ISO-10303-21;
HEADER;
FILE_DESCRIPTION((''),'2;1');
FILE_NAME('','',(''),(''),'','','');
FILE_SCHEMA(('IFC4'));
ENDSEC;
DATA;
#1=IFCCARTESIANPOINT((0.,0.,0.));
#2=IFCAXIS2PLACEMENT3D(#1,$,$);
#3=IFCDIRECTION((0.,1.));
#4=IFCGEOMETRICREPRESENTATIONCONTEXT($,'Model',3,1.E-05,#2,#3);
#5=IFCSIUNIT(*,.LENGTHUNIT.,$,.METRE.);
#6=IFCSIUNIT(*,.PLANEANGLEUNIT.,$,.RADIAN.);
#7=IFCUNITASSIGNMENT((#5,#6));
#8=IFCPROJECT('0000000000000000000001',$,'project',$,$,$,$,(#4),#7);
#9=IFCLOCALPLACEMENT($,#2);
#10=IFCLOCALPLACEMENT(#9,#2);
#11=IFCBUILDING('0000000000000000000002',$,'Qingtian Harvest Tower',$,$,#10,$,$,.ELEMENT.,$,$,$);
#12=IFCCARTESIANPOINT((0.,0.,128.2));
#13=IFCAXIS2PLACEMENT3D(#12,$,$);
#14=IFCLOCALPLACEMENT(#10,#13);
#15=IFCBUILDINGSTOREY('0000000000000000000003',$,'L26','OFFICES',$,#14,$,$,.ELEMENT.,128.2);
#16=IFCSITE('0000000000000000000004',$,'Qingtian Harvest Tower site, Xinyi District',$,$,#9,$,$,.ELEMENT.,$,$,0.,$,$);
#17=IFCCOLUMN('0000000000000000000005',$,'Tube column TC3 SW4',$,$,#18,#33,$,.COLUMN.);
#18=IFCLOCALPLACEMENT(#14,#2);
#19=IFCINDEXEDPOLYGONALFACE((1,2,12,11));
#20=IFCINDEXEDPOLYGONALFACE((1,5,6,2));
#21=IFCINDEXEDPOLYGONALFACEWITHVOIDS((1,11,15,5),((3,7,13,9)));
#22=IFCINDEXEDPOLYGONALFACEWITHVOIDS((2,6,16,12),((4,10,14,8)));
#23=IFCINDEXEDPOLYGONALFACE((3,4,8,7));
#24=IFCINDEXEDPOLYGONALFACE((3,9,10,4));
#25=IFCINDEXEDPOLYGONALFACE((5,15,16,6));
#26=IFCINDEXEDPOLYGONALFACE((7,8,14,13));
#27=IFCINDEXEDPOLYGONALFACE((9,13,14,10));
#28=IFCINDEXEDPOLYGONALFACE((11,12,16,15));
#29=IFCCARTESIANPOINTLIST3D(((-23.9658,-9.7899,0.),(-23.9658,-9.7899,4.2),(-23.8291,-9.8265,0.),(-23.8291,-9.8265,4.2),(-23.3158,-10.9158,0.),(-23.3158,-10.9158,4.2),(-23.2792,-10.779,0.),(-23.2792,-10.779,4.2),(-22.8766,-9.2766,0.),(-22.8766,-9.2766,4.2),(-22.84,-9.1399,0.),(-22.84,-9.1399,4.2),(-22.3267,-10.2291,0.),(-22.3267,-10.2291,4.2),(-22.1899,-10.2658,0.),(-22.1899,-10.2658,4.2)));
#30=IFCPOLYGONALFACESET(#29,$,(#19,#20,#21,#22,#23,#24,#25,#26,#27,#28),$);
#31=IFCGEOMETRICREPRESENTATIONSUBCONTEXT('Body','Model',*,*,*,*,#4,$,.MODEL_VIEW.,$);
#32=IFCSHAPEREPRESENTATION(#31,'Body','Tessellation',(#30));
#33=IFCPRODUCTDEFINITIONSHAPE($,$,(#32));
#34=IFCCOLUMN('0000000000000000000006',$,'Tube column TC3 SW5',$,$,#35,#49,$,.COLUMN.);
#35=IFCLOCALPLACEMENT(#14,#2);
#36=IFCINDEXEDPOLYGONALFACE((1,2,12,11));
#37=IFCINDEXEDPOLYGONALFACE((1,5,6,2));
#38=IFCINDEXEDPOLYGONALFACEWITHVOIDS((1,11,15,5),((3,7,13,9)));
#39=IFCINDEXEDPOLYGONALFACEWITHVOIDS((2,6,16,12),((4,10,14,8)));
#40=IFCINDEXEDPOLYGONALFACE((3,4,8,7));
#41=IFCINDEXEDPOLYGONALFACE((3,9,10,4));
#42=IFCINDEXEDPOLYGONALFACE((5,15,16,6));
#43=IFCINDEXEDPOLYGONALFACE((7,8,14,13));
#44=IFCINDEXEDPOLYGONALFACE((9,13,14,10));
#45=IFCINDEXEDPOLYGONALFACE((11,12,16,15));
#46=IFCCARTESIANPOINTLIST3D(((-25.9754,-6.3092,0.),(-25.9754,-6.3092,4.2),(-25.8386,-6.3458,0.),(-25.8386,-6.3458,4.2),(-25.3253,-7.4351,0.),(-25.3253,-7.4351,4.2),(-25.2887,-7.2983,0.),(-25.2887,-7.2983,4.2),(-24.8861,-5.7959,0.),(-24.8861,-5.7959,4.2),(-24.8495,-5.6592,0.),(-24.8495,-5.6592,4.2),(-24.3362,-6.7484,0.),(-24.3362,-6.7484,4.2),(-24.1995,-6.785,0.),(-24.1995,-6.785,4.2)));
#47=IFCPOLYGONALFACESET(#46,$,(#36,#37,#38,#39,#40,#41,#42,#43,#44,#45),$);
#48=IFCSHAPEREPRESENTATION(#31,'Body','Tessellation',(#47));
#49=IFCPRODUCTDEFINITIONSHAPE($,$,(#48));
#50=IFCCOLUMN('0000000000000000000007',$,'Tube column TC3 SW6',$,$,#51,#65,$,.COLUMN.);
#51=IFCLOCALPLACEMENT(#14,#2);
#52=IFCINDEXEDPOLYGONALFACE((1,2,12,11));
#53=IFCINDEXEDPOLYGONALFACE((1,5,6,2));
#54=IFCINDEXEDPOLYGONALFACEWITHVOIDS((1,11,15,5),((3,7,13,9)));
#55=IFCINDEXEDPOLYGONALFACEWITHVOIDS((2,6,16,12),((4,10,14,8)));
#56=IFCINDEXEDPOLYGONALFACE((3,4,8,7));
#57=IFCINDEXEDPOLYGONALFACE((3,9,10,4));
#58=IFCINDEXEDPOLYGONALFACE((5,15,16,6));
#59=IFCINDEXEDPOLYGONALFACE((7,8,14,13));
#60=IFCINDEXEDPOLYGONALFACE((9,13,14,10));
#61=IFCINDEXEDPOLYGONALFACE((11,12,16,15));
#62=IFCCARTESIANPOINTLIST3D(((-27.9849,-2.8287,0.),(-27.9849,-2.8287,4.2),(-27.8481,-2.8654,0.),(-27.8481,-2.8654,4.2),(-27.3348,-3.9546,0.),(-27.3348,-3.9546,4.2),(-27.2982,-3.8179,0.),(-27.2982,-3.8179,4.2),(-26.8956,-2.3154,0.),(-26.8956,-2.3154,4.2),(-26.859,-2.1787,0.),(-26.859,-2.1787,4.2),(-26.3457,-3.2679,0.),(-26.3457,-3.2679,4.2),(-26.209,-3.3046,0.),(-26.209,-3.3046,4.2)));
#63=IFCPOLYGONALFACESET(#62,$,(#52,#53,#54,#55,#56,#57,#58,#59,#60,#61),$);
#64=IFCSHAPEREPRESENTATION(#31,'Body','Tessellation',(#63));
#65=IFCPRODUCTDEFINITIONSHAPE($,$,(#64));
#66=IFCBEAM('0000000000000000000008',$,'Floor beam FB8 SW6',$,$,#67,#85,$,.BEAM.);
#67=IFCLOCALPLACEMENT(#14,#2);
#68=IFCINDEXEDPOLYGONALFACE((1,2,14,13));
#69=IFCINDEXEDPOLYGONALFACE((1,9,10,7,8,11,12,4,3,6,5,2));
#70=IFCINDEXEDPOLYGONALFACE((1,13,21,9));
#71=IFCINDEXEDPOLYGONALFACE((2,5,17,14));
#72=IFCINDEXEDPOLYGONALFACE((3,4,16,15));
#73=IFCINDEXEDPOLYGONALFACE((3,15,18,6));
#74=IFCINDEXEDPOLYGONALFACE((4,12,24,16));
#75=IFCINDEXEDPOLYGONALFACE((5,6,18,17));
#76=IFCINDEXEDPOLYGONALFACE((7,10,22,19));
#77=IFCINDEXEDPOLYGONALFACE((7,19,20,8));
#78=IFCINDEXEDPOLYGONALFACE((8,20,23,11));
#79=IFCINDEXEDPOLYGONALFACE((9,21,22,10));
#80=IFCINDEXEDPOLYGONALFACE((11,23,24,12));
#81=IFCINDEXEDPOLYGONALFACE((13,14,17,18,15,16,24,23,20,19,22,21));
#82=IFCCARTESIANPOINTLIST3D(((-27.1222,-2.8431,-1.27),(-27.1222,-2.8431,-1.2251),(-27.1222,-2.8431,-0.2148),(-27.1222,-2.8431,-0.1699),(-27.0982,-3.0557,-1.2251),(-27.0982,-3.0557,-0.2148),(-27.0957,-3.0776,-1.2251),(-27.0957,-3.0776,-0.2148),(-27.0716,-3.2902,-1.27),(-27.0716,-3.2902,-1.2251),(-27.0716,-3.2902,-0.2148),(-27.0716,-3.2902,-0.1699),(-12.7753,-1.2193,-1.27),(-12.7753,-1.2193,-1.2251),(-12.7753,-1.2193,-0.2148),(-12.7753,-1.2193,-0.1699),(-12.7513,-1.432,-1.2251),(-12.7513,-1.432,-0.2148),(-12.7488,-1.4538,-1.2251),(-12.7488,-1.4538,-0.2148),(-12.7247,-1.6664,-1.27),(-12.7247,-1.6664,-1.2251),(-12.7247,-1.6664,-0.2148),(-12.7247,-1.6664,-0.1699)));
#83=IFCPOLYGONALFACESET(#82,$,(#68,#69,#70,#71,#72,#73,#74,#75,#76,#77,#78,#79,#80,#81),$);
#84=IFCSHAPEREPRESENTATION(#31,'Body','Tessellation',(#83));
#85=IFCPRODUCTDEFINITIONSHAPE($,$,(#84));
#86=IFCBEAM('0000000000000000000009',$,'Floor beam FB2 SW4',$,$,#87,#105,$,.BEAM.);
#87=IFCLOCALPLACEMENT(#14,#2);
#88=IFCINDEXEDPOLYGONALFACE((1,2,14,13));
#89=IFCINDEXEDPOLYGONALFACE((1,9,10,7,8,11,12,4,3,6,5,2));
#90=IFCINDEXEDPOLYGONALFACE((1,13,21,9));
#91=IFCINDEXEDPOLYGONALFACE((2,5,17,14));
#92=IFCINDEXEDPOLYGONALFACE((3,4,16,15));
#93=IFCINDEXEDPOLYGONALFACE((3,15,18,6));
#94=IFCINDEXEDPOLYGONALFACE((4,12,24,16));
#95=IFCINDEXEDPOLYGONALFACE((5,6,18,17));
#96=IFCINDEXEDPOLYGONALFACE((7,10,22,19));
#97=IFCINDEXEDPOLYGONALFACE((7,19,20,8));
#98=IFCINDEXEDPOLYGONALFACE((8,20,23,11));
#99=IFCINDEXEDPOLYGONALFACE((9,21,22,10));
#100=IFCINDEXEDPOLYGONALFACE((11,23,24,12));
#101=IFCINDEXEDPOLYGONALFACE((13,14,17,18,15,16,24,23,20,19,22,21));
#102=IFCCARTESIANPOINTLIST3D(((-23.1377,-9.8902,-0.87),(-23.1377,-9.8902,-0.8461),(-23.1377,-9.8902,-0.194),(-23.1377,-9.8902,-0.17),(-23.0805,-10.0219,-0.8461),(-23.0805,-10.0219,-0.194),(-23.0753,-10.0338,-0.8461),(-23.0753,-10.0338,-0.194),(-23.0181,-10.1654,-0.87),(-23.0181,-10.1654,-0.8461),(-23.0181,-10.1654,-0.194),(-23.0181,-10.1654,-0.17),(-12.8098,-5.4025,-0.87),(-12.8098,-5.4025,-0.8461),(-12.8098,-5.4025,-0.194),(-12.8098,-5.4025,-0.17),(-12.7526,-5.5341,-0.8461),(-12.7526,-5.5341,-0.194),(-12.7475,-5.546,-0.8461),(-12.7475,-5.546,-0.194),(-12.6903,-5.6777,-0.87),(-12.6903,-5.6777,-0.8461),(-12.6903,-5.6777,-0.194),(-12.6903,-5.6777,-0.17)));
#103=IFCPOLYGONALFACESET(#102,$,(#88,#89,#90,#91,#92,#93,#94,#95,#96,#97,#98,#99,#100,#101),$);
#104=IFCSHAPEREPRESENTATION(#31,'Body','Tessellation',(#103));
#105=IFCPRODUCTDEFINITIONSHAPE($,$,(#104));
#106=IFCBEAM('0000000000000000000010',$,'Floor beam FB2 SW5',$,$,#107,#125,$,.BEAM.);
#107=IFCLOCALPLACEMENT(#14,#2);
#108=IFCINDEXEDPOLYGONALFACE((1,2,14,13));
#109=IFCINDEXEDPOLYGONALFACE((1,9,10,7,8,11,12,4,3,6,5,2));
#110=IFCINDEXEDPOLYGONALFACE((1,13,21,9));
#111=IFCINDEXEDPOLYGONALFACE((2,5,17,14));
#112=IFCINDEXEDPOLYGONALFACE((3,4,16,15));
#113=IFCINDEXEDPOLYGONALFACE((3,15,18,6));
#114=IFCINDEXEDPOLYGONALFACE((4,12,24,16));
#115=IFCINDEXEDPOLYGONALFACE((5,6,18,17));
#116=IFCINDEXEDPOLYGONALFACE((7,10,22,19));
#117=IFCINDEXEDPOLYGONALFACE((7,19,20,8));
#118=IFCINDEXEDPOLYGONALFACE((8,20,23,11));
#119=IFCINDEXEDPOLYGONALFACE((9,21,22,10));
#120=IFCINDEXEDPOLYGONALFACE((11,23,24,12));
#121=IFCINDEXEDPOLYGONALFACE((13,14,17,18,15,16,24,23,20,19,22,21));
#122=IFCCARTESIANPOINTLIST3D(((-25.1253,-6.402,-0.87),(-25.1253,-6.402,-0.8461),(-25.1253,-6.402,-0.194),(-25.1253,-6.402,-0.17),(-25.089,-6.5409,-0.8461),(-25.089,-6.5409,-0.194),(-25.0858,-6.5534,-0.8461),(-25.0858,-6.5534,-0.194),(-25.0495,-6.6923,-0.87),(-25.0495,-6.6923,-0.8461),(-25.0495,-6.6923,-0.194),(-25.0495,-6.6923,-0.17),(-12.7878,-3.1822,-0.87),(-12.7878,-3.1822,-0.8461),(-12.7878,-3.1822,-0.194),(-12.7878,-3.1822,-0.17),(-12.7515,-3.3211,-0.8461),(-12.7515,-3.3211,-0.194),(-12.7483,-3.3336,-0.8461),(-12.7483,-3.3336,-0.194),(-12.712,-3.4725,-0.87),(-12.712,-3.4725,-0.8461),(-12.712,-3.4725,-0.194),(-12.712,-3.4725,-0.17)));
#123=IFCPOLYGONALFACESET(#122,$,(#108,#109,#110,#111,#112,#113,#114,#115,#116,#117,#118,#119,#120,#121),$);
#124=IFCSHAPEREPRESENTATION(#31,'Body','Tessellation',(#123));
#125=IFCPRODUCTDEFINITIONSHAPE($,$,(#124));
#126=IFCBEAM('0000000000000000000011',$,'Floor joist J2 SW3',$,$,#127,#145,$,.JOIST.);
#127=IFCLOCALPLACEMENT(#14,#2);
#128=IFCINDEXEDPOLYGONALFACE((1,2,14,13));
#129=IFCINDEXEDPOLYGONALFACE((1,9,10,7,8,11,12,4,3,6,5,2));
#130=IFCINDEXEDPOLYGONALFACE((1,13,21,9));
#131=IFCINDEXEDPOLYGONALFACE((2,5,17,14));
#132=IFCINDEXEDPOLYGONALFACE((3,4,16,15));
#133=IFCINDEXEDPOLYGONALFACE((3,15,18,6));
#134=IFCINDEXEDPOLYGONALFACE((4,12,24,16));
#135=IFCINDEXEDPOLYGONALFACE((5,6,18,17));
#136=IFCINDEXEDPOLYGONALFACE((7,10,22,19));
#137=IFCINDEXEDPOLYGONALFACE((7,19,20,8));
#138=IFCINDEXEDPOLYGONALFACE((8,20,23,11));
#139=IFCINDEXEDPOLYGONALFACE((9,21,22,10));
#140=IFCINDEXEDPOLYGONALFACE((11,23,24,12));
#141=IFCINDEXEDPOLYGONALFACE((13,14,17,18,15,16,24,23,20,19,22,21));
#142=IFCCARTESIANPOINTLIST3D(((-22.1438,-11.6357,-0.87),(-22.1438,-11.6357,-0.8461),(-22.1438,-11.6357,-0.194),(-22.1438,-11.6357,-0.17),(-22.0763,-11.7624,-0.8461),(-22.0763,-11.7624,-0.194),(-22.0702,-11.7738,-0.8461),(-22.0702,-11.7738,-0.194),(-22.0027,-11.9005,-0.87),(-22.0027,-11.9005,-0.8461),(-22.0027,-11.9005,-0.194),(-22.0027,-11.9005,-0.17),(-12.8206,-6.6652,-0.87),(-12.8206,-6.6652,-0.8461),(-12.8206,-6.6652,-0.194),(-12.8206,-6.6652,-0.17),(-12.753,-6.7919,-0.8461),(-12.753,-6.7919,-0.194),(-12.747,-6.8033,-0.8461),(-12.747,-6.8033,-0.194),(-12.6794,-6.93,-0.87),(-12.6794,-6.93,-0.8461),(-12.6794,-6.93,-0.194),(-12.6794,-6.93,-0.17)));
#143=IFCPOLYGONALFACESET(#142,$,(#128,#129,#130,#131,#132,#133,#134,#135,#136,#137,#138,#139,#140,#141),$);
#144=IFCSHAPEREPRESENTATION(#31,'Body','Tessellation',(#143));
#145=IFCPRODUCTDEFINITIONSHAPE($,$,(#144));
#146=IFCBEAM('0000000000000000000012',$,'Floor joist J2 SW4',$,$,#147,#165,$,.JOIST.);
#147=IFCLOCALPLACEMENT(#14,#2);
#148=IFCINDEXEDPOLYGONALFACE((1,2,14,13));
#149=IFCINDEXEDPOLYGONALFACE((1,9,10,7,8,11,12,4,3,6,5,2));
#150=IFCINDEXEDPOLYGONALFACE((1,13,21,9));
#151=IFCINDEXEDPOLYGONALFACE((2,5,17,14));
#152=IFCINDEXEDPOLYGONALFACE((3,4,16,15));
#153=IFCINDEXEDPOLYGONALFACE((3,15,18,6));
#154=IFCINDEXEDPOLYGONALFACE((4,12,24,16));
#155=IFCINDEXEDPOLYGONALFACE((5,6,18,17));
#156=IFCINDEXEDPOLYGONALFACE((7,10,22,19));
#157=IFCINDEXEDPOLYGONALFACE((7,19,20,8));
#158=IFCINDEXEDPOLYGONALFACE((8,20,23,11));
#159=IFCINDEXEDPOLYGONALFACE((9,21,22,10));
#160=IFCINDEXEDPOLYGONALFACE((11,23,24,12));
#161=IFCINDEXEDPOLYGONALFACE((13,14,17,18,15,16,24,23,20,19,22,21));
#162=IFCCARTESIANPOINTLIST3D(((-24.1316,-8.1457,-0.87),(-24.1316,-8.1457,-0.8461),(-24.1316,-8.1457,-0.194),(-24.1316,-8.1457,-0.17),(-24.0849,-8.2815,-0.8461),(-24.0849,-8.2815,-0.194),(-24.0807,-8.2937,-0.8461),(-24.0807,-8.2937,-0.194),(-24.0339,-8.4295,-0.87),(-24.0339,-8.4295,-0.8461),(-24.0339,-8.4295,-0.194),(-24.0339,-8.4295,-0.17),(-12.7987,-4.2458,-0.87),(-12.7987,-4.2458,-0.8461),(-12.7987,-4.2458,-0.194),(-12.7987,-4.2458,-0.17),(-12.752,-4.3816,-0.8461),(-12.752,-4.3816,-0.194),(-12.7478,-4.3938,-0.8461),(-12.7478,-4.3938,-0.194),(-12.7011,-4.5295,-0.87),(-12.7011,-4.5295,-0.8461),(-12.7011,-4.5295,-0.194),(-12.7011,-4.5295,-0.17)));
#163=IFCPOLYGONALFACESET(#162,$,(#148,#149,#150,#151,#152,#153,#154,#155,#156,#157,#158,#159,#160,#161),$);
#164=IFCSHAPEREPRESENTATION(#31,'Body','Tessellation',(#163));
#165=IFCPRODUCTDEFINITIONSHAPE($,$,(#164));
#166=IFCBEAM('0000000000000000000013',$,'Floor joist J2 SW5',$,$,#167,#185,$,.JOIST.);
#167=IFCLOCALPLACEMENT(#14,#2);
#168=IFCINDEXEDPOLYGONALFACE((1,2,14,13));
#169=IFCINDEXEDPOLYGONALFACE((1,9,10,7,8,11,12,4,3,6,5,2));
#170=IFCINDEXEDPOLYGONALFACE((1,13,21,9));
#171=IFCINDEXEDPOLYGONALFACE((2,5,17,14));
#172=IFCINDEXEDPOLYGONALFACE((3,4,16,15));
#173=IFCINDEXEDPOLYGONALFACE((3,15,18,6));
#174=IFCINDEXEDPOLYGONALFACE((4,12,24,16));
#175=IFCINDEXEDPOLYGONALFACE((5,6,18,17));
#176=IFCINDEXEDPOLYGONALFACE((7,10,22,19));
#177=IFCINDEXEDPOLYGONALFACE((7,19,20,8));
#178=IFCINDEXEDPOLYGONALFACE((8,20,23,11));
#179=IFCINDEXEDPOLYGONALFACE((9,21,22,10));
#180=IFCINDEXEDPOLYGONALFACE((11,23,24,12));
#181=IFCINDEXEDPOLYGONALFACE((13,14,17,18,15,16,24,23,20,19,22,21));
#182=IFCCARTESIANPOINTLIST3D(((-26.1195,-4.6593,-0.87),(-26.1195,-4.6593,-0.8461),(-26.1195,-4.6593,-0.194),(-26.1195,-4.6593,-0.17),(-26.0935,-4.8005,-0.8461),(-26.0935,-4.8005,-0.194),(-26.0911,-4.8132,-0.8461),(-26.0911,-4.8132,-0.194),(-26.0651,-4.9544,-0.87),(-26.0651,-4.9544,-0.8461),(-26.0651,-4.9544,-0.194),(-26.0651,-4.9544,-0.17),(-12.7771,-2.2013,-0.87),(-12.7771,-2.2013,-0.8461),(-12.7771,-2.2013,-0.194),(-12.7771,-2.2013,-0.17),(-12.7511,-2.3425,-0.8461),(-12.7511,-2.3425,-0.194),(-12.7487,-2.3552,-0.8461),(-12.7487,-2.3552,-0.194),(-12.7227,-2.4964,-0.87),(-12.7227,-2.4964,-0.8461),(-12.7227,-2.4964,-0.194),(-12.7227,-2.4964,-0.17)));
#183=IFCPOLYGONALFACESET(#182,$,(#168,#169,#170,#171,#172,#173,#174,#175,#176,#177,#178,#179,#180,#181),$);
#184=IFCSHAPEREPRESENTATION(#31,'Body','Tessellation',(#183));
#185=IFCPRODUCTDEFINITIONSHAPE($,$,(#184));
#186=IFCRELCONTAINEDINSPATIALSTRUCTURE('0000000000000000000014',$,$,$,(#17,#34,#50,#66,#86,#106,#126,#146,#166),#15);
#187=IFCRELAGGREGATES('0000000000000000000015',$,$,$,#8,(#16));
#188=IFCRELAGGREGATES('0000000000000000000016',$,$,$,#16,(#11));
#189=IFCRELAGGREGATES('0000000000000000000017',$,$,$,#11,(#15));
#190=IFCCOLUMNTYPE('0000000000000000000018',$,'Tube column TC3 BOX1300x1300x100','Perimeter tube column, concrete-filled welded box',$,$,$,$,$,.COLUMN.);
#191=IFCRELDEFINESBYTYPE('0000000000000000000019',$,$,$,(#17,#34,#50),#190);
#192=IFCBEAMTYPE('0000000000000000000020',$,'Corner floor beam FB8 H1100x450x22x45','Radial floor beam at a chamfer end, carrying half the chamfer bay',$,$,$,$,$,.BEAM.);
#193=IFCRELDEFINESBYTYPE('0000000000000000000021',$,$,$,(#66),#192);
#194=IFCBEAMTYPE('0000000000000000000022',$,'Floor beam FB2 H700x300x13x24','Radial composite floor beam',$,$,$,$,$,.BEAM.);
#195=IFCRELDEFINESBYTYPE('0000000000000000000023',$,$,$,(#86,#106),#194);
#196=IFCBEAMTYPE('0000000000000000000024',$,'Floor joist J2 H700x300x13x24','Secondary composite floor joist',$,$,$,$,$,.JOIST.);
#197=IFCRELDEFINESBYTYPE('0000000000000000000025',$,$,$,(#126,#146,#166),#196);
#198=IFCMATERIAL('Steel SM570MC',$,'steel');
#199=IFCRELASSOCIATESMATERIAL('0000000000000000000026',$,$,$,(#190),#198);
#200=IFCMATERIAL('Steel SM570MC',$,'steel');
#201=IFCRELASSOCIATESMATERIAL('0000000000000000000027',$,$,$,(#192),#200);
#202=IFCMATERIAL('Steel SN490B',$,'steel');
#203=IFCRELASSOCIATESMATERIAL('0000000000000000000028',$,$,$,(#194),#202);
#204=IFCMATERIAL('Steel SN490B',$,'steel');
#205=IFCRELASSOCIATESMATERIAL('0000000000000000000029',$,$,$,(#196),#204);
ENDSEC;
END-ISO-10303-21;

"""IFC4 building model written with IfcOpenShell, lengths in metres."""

from ifc_helpers import new_model, si_unit, direction, frame, origin, origin_2d, place, context, subcontext, project, spatial, hollow_rectangle, i_section, extrude, material, material_profile, profile_set, type_object, element, save


model = new_model("IFC4")

# Units and contexts
model_context = context("Model", 3, precision=1e-05, world=origin(), true_north=direction((0.0, 1.0)))
body_context = subcontext(model_context, "Body", "Model", "MODEL_VIEW")
ifc_project = project(units=[si_unit("LENGTHUNIT", "METRE"), si_unit("PLANEANGLEUNIT", "RADIAN")], contexts=[model_context])

# Site, building, storey
site_placement = place(None, origin())
site = spatial("IfcSite", under=ifc_project, at=site_placement, Name="Qingtian Harvest Tower site, Xinyi District", CompositionType="ELEMENT", RefElevation=0.0)
building_placement = place(site_placement, origin())
building = spatial("IfcBuilding", under=site, at=building_placement, Name="Qingtian Harvest Tower", CompositionType="ELEMENT")
storey_placement = place(building_placement, frame((0.0, 0.0, 128.2)))
storey = spatial("IfcBuildingStorey", under=building, at=storey_placement, Name="L26", Description="OFFICES", CompositionType="ELEMENT", Elevation=128.2)

# Columns
ifc_material_1 = material(Name="Steel SM570MC", Category="steel")
ifc_material_profile_1 = material_profile(ifc_material_1, hollow_rectangle(XDim=1.3, YDim=1.3, WallThickness=0.1001, at=origin_2d()), Name="BOX1300x1300x100")
ifc_profile_set_1 = profile_set([ifc_material_profile_1], Name="Steel SM570MC")
column_type = type_object("IfcColumnType", Name="Tube column TC3 BOX1300x1300x100", Description="Perimeter tube column, concrete-filled welded box", PredefinedType="COLUMN", material=ifc_profile_set_1)
for number, where, z_axis, x_axis, name in (
    (1, (-23.0779, -10.0278, 0.0), (0.0, 0.0, 1.0), (0.5, -0.866025, 0.0), "Tube column TC3 SW4"),
    (2, (-25.0874, -6.5471, 0.0), (0.0, 0.0, 1.0), (0.5, -0.866025, 0.0), "Tube column TC3 SW5"),
    (3, (-27.0969, -3.0667, 0.0), (0.0, 0.0, 1.0), (0.5, -0.866025, 0.0), "Tube column TC3 SW6"),
):
    element("IfcColumn", number, at=place(storey_placement, frame(where, z_axis=z_axis, x_axis=x_axis)), inside=storey, type_object=column_type, Name=name, PredefinedType="COLUMN", context=body_context, shape_type="SweptSolid", body=[
        extrude(hollow_rectangle(XDim=1.3, YDim=1.3, WallThickness=0.1001, at=origin_2d()), origin(), (0.0, 0.0, 1.0), 4.2),
    ])

# Beams
ifc_material_2 = material(Name="Steel SM570MC", Category="steel")
ifc_material_profile_2 = material_profile(ifc_material_2, i_section(OverallWidth=0.45, OverallDepth=1.1001, WebThickness=0.022, FlangeThickness=0.0449, at=origin_2d()), Name="H1100x450x22x45")
ifc_profile_set_2 = profile_set([ifc_material_profile_2], Name="Steel SM570MC")
beam_type_1 = type_object("IfcBeamType", Name="Corner floor beam FB8 H1100x450x22x45", Description="Radial floor beam at a chamfer end, carrying half the chamfer bay", PredefinedType="BEAM", material=ifc_profile_set_2)
beam_1_placement = place(storey_placement, frame((-27.0969, -3.0667, -0.72), z_axis=(0.993656, 0.112462, 0.0), x_axis=(-0.112462, 0.993656, 0.0)))
element("IfcBeam", 4, at=beam_1_placement, inside=storey, type_object=beam_type_1, Name="Floor beam FB8 SW6", PredefinedType="BEAM", context=body_context, shape_type="SweptSolid", body=[
    extrude(i_section(OverallWidth=0.45, OverallDepth=1.1001, WebThickness=0.022, FlangeThickness=0.0449, at=origin_2d()), origin(), (0.0, 0.0, 1.0), 14.4385),
])
ifc_material_3 = material(Name="Steel SN490B", Category="steel")
ifc_material_profile_3 = material_profile(ifc_material_3, i_section(OverallWidth=0.3, OverallDepth=0.7, WebThickness=0.0129, FlangeThickness=0.0239, at=origin_2d()), Name="H700x300x13x24")
ifc_profile_set_3 = profile_set([ifc_material_profile_3], Name="Steel SN490B")
beam_type_2 = type_object("IfcBeamType", Name="Floor beam FB2 H700x300x13x24", Description="Radial composite floor beam", PredefinedType="BEAM", material=ifc_profile_set_3)
beam_2_placement = place(storey_placement, frame((-23.0779, -10.0278, -0.52), z_axis=(0.917154, 0.398533, 0.0), x_axis=(-0.398533, 0.917154, 0.0)))
element("IfcBeam", 5, at=beam_2_placement, inside=storey, type_object=beam_type_2, Name="Floor beam FB2 SW4", PredefinedType="BEAM", context=body_context, shape_type="SweptSolid", body=[
    extrude(i_section(OverallWidth=0.3, OverallDepth=0.7, WebThickness=0.0129, FlangeThickness=0.0239, at=origin_2d()), origin(), (0.0, 0.0, 1.0), 11.2607),
])
beam_3_placement = place(storey_placement, frame((-25.0874, -6.5471, -0.52), z_axis=(0.967593, 0.252515, 0.0), x_axis=(-0.252515, 0.967593, 0.0)))
element("IfcBeam", 6, at=beam_3_placement, inside=storey, type_object=beam_type_2, Name="Floor beam FB2 SW5", PredefinedType="BEAM", context=body_context, shape_type="SweptSolid", body=[
    extrude(i_section(OverallWidth=0.3, OverallDepth=0.7, WebThickness=0.0129, FlangeThickness=0.0239, at=origin_2d()), origin(), (0.0, 0.0, 1.0), 12.7507),
])
ifc_material_4 = material(Name="Steel SN490B", Category="steel")
ifc_material_profile_4 = material_profile(ifc_material_4, i_section(OverallWidth=0.3, OverallDepth=0.7, WebThickness=0.0129, FlangeThickness=0.0239, at=origin_2d()), Name="H700x300x13x24")
ifc_profile_set_4 = profile_set([ifc_material_profile_4], Name="Steel SN490B")
beam_type_3 = type_object("IfcBeamType", Name="Floor joist J2 H700x300x13x24", Description="Secondary composite floor joist", PredefinedType="JOIST", material=ifc_profile_set_4)
beam_4_placement = place(storey_placement, frame((-22.0732, -11.7681, -0.52), z_axis=(0.882429, 0.470446, 0.0), x_axis=(-0.470446, 0.882429, 0.0)))
element("IfcBeam", 7, at=beam_4_placement, inside=storey, type_object=beam_type_3, Name="Floor joist J2 SW3", PredefinedType="JOIST", context=body_context, shape_type="SweptSolid", body=[
    extrude(i_section(OverallWidth=0.3, OverallDepth=0.7, WebThickness=0.0129, FlangeThickness=0.0239, at=origin_2d()), origin(), (0.0, 0.0, 1.0), 10.5654),
])
beam_5_placement = place(storey_placement, frame((-24.0828, -8.2876, -0.52), z_axis=(0.945577, 0.325398, 0.0), x_axis=(-0.325398, 0.945577, 0.0)))
element("IfcBeam", 8, at=beam_5_placement, inside=storey, type_object=beam_type_3, Name="Floor joist J2 SW4", PredefinedType="JOIST", context=body_context, shape_type="SweptSolid", body=[
    extrude(i_section(OverallWidth=0.3, OverallDepth=0.7, WebThickness=0.0129, FlangeThickness=0.0239, at=origin_2d()), origin(), (0.0, 0.0, 1.0), 11.9851),
])
beam_6_placement = place(storey_placement, frame((-26.0923, -4.8069, -0.52), z_axis=(0.98345, 0.181178, 0.0), x_axis=(-0.181178, 0.98345, 0.0)))
element("IfcBeam", 9, at=beam_6_placement, inside=storey, type_object=beam_type_3, Name="Floor joist J2 SW5", PredefinedType="JOIST", context=body_context, shape_type="SweptSolid", body=[
    extrude(i_section(OverallWidth=0.3, OverallDepth=0.7, WebThickness=0.0129, FlangeThickness=0.0239, at=origin_2d()), origin(), (0.0, 0.0, 1.0), 13.5669),
])

save(model, "model.ifc")
